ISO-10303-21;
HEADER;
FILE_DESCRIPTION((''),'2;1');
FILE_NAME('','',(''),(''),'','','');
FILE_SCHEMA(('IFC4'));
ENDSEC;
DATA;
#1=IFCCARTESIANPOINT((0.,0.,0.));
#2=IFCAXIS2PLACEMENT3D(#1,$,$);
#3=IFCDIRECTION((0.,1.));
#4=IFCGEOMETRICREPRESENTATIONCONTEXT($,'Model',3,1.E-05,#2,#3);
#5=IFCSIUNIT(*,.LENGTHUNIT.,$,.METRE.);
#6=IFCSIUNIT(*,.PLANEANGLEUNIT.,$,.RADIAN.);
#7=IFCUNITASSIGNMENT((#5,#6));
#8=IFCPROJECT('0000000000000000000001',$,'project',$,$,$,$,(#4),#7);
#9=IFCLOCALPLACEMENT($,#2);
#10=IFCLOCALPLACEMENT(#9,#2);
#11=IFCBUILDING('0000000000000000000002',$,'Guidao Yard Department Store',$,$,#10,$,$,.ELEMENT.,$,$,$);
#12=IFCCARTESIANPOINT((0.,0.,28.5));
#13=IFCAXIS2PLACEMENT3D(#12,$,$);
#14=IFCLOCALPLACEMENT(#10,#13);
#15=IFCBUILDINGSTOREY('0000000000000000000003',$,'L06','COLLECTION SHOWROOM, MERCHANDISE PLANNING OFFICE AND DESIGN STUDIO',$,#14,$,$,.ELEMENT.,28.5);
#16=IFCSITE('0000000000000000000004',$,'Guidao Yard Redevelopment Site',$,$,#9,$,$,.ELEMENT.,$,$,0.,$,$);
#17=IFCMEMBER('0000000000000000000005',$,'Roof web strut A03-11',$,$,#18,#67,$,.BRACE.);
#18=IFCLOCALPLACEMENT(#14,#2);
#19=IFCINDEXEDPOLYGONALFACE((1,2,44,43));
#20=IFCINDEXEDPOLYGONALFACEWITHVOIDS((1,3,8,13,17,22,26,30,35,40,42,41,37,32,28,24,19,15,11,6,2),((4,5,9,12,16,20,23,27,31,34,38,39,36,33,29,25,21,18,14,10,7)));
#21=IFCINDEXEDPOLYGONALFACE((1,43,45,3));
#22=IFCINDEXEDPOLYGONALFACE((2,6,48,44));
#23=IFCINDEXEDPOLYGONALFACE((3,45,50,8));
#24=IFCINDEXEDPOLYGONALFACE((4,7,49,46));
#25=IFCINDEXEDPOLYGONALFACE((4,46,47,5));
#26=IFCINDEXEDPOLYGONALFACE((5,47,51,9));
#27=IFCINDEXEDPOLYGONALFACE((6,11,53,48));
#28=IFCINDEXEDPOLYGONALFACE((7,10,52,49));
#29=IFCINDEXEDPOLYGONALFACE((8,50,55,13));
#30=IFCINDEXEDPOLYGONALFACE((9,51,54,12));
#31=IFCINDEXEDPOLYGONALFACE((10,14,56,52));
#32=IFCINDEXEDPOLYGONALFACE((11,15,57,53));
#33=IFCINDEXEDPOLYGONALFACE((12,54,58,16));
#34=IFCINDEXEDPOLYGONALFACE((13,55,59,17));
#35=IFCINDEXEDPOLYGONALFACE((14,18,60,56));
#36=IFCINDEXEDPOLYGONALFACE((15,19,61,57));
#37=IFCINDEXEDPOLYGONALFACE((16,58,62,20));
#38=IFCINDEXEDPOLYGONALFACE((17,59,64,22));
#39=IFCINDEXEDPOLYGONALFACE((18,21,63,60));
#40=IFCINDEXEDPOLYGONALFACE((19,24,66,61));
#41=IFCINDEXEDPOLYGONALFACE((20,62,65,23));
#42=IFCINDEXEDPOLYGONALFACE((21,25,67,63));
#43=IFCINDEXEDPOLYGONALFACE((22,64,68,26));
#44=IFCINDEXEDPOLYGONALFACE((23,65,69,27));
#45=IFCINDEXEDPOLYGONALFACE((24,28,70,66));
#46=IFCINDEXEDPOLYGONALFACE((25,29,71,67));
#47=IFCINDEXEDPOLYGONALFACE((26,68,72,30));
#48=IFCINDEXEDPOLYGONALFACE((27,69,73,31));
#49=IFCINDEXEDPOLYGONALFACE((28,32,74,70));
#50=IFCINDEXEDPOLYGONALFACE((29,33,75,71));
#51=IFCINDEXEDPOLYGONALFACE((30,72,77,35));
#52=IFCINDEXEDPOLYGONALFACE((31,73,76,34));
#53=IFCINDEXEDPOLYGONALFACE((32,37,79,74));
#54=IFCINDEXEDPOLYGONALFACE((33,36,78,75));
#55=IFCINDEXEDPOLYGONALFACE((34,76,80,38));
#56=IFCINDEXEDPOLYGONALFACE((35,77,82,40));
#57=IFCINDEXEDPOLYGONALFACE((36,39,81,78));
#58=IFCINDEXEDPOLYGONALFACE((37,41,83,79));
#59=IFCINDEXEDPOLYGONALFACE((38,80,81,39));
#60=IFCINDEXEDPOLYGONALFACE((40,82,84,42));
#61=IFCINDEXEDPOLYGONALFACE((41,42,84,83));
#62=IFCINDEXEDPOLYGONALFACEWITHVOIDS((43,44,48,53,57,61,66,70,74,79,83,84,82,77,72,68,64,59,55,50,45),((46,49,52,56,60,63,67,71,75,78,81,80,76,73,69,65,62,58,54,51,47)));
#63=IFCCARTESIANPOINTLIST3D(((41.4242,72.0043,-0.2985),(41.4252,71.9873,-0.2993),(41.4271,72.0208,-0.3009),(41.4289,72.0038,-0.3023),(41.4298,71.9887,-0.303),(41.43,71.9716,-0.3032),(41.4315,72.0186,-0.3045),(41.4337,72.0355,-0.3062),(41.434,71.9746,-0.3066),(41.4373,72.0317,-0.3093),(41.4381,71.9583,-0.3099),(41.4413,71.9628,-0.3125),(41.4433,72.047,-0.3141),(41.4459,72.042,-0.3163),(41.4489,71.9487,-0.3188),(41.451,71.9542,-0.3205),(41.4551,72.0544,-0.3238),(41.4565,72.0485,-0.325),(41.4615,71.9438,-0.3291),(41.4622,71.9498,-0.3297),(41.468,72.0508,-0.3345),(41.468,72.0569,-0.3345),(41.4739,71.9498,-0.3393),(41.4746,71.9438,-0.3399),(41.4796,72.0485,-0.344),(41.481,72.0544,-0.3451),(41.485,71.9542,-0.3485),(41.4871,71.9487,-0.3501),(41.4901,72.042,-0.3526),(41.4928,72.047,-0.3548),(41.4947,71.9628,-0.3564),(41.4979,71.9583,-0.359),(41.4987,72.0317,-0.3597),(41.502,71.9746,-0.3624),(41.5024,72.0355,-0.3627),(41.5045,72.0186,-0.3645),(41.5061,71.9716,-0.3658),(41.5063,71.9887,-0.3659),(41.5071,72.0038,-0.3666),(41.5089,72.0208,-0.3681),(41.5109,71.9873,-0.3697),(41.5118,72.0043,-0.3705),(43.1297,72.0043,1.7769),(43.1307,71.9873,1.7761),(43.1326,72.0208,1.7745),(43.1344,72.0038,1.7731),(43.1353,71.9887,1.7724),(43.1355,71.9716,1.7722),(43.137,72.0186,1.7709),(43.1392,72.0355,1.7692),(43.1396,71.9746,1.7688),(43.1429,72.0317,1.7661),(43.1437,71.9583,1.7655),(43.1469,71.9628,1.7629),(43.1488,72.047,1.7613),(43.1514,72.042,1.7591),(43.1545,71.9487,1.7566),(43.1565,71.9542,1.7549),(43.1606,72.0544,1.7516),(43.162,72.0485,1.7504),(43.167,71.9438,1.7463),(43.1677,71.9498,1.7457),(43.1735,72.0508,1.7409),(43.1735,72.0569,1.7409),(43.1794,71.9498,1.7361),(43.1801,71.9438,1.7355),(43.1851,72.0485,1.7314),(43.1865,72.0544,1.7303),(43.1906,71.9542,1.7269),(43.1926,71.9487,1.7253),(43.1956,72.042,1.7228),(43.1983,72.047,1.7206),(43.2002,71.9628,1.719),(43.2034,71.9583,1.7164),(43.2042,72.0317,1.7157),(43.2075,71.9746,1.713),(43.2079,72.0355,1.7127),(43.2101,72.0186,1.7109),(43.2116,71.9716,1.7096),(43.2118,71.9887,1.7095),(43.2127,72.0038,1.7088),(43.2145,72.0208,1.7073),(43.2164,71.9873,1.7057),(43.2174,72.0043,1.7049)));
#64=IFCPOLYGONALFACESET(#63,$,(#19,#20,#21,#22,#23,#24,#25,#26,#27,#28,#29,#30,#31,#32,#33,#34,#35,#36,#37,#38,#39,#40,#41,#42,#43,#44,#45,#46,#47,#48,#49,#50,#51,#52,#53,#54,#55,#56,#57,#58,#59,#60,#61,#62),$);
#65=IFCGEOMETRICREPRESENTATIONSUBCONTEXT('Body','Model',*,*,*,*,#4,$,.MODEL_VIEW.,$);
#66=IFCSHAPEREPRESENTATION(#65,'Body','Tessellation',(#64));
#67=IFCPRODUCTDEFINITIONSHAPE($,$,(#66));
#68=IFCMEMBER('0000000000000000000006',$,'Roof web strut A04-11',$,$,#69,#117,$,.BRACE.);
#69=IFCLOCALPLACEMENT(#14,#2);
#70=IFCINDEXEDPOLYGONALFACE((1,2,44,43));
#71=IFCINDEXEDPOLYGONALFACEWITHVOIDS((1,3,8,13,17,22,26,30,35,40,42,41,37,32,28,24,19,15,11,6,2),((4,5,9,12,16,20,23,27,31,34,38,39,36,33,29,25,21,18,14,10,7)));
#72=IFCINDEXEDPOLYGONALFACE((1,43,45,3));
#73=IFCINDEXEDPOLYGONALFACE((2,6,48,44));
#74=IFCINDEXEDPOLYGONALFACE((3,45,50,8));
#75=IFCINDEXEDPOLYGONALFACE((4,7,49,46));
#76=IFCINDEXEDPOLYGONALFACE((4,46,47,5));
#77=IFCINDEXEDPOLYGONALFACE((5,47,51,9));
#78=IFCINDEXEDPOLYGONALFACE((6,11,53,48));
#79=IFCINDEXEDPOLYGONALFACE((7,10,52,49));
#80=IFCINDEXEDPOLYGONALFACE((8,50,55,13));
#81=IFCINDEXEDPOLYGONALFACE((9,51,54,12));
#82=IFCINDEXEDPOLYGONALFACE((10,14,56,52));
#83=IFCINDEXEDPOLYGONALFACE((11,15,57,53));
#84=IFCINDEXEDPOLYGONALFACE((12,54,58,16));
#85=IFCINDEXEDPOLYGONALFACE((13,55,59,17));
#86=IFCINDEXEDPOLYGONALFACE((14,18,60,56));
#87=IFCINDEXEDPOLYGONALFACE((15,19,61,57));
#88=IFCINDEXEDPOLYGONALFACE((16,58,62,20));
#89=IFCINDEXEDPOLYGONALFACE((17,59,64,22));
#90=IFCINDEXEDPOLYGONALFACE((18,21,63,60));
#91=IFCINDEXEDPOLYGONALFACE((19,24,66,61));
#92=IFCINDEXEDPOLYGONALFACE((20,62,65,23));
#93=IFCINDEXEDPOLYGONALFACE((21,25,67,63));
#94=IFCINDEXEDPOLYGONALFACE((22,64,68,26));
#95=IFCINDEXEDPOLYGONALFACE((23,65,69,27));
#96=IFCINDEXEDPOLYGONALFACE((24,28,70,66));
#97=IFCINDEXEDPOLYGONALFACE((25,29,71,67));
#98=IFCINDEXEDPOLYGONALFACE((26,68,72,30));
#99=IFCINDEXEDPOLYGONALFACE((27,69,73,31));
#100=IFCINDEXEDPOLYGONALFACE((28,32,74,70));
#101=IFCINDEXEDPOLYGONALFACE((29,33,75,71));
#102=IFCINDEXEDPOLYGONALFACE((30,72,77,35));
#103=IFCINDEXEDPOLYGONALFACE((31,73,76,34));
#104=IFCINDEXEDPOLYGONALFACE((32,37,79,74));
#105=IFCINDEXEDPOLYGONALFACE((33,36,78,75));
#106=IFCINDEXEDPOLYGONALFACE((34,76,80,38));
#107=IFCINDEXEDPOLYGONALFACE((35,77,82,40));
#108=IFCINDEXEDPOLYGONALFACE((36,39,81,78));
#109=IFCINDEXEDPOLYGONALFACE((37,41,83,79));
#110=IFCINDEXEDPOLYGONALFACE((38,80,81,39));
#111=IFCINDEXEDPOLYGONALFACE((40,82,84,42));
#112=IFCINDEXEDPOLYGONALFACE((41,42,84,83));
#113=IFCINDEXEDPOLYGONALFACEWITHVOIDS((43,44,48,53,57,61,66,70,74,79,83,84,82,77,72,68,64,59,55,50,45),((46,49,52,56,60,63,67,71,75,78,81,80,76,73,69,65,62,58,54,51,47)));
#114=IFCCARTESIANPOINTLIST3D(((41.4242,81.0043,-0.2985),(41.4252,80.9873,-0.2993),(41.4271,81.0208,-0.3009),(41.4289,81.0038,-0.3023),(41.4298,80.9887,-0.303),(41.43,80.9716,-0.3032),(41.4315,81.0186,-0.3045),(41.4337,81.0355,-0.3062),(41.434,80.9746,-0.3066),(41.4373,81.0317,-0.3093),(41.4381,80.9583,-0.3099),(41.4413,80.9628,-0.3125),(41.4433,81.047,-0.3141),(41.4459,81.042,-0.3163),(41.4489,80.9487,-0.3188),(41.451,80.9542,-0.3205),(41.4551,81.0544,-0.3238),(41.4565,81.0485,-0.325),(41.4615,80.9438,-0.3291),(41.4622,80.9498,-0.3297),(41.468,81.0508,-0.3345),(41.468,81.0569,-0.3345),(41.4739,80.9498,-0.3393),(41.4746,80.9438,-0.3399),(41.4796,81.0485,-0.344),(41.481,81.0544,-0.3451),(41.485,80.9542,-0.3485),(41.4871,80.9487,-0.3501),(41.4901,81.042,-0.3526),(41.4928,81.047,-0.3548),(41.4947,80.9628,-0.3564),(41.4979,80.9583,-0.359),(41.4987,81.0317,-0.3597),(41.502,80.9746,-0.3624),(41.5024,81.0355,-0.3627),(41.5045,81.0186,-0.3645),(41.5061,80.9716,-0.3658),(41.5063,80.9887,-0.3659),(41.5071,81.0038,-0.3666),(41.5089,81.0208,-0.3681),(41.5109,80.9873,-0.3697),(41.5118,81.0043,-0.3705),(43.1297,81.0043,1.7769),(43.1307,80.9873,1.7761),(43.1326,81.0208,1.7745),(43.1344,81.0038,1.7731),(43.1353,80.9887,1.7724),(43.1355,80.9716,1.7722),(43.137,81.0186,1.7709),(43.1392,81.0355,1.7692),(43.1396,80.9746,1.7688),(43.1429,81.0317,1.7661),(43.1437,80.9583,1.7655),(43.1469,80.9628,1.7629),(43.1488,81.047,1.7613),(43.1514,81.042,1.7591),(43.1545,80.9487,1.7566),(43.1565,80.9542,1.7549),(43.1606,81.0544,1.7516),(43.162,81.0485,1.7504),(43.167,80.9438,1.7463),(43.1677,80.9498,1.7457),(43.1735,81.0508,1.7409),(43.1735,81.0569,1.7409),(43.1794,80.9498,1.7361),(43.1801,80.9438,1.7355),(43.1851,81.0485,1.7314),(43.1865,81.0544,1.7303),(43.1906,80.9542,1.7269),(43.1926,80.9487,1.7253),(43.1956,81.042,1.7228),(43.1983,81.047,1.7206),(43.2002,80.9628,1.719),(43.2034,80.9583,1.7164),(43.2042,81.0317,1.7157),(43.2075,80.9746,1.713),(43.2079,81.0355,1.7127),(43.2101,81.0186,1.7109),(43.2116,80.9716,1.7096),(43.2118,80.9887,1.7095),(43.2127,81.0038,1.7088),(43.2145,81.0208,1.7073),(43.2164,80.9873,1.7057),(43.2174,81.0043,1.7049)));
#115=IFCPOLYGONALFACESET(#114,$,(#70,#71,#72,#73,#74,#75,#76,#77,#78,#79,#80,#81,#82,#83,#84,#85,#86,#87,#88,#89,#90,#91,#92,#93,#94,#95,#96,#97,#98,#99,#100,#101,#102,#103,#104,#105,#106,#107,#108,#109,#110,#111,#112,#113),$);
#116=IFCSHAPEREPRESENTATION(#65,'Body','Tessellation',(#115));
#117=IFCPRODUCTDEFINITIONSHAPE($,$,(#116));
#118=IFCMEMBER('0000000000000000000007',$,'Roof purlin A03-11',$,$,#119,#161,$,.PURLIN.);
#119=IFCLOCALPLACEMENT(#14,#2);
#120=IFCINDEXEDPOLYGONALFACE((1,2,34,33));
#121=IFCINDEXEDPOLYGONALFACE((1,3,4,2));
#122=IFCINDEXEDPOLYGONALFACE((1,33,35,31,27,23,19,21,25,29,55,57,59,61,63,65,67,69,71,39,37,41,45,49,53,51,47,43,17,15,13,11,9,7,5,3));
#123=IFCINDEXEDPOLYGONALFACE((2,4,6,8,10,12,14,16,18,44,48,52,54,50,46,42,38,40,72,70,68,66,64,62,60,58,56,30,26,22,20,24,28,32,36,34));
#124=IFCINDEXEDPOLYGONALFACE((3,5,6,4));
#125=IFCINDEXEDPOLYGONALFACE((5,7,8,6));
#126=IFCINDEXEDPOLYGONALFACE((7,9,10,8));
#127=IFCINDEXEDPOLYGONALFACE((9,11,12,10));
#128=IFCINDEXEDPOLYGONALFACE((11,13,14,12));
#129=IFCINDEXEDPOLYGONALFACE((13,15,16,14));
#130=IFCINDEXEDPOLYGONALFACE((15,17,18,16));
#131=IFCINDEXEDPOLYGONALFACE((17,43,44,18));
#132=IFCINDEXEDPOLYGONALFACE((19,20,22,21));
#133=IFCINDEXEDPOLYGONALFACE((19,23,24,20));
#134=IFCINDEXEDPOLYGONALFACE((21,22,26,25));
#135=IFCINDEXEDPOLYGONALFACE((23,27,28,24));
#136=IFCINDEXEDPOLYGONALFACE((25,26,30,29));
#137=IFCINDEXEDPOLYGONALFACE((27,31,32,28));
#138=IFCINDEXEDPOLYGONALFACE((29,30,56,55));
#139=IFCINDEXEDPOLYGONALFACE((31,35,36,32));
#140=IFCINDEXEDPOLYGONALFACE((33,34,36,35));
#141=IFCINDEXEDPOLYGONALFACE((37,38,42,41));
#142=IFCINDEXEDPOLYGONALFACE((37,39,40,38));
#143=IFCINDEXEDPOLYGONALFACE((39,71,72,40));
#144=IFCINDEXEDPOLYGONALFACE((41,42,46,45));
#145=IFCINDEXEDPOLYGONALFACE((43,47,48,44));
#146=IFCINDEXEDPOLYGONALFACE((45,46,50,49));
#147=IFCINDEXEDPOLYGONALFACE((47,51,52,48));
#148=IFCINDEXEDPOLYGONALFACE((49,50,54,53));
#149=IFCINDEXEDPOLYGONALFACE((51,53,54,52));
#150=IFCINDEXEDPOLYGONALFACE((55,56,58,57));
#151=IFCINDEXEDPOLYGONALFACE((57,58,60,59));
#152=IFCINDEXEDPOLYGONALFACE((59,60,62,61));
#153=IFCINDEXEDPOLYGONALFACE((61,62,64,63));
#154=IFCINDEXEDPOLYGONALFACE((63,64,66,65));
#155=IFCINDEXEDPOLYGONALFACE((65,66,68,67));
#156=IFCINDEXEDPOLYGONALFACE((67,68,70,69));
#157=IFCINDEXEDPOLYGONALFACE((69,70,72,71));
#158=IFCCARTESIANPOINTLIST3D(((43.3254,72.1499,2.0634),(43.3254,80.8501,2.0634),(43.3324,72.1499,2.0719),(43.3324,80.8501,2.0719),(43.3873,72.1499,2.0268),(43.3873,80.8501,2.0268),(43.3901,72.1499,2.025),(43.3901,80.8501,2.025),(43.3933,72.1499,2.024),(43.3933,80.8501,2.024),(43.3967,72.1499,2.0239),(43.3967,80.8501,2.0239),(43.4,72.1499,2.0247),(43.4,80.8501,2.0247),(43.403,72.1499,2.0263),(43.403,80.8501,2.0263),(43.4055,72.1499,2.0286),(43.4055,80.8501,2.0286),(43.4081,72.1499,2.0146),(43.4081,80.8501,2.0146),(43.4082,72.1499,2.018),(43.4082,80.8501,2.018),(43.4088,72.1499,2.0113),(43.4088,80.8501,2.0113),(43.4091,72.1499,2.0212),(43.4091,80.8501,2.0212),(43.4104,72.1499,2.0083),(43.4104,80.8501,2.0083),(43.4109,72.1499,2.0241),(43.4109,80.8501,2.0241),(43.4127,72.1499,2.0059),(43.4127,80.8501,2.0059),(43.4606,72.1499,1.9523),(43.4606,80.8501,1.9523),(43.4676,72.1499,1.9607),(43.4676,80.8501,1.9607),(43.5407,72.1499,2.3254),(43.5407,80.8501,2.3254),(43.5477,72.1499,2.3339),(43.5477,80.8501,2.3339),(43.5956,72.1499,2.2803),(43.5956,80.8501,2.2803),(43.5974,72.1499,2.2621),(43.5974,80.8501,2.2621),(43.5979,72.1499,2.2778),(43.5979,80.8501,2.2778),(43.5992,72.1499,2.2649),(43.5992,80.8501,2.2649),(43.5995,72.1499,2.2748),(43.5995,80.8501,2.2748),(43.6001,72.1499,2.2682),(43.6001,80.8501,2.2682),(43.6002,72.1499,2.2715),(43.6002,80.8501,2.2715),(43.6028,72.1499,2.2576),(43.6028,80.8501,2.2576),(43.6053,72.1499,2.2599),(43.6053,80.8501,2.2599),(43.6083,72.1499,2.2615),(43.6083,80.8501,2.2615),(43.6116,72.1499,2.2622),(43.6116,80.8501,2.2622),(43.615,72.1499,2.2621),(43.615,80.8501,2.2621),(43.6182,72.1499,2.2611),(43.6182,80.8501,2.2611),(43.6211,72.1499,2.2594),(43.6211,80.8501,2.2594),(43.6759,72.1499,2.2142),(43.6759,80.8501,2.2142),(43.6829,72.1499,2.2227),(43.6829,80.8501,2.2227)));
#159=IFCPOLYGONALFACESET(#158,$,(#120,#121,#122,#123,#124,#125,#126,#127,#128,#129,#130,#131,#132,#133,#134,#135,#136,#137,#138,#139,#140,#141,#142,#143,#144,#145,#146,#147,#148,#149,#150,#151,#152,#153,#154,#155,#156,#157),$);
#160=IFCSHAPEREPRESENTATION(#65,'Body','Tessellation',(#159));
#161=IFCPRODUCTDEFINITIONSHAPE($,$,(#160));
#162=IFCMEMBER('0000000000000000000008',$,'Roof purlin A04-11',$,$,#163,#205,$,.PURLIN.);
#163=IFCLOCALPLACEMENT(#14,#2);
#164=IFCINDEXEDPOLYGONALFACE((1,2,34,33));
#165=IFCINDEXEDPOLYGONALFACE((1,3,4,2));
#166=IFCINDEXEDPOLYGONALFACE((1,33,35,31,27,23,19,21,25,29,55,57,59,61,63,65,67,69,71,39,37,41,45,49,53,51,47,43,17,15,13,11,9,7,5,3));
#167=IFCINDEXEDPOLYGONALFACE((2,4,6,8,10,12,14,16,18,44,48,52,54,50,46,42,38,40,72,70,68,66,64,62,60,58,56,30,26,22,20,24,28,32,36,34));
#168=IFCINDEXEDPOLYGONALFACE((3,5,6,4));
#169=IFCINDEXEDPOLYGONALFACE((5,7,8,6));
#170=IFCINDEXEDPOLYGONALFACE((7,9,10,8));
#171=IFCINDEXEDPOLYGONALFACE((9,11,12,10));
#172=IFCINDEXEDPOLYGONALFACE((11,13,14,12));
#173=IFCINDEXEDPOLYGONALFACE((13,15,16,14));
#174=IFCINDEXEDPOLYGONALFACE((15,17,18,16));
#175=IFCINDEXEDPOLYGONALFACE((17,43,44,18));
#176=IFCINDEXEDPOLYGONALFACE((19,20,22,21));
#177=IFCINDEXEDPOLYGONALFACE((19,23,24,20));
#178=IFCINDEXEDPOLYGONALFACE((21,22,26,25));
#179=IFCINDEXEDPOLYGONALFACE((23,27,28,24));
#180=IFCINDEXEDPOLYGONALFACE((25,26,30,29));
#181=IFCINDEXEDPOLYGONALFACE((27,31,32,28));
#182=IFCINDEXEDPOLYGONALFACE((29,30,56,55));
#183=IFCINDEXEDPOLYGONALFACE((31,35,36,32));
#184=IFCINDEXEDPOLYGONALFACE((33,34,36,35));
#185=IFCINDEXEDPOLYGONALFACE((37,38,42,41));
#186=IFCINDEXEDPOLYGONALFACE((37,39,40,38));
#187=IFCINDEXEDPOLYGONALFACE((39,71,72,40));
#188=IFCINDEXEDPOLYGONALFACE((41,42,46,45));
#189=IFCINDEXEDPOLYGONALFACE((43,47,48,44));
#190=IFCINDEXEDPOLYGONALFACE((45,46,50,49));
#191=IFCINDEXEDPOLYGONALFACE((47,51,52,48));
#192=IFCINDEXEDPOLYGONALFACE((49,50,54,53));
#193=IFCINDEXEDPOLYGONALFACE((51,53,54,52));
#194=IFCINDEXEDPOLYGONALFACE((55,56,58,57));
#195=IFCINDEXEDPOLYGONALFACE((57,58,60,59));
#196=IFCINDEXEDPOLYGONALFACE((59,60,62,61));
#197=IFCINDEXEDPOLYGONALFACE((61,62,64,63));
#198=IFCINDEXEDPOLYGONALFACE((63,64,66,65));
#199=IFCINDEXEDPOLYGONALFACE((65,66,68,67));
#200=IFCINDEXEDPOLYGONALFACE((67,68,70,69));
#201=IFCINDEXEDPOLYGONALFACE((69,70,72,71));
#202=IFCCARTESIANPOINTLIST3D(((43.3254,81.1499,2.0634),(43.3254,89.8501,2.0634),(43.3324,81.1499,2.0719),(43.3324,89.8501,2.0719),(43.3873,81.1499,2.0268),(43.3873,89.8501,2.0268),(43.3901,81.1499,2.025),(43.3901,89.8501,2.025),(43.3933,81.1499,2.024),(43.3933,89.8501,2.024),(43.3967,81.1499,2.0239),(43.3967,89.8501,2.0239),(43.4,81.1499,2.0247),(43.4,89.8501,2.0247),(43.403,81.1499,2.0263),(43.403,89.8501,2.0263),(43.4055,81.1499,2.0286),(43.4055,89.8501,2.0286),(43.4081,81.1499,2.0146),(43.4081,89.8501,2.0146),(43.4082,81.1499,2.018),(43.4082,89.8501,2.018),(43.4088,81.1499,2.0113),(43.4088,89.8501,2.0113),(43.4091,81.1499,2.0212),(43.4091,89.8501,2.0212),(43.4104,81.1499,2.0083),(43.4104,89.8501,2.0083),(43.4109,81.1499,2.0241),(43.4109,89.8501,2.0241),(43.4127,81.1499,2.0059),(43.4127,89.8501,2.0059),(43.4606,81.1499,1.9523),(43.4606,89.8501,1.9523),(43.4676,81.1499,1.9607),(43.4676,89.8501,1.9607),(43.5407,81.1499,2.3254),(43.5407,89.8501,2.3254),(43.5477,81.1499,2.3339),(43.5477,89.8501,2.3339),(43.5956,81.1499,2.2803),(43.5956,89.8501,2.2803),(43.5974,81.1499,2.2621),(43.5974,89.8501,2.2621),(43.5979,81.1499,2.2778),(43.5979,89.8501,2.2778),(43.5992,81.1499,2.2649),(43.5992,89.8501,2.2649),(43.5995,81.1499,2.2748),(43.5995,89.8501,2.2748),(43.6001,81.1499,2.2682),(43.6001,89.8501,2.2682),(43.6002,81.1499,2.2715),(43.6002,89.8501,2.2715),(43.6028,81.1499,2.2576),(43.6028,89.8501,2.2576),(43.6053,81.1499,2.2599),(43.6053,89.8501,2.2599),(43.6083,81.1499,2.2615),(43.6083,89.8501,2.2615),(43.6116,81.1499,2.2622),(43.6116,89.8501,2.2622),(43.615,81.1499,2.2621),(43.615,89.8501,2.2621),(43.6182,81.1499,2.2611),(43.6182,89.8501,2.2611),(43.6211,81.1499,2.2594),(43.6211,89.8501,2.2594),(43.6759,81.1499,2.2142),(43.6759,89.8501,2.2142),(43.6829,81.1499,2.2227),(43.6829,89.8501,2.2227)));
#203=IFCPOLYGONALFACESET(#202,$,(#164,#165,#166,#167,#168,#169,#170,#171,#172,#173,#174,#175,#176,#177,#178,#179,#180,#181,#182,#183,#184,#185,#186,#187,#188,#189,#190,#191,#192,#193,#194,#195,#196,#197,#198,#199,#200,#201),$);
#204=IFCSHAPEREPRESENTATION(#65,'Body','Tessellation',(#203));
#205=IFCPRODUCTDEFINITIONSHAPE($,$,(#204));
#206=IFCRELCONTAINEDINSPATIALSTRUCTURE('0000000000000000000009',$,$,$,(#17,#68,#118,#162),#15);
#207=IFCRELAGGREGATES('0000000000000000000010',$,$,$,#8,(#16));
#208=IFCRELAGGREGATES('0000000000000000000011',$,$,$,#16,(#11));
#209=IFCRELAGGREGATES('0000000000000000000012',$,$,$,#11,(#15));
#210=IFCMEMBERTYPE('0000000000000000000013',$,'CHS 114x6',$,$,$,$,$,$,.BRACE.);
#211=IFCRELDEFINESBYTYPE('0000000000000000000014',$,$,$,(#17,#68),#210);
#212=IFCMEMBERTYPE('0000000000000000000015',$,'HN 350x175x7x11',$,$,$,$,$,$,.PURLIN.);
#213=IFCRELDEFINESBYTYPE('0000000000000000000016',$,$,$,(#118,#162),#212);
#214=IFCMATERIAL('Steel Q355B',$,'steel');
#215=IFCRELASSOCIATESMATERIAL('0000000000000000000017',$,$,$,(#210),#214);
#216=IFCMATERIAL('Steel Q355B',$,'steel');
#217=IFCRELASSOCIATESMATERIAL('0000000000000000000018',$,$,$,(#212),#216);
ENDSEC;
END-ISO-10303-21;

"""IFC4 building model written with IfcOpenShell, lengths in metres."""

from ifc_helpers import new_model, si_unit, direction, frame, origin, origin_2d, place, context, subcontext, project, spatial, hollow_circle, i_section, extrude, material, material_profile, profile_set, type_object, element, save


model = new_model("IFC4")

# Units and contexts
model_context = context("Model", 3, precision=1e-05, world=origin(), true_north=direction((0.0, 1.0)))
body_context = subcontext(model_context, "Body", "Model", "MODEL_VIEW")
ifc_project = project(units=[si_unit("LENGTHUNIT", "METRE"), si_unit("PLANEANGLEUNIT", "RADIAN")], contexts=[model_context])

# Site, building, storey
site_placement = place(None, origin())
site = spatial("IfcSite", under=ifc_project, at=site_placement, Name="Guidao Yard Redevelopment Site", CompositionType="ELEMENT", RefElevation=0.0)
building_placement = place(site_placement, origin())
building = spatial("IfcBuilding", under=site, at=building_placement, Name="Guidao Yard Department Store", CompositionType="ELEMENT")
storey_placement = place(building_placement, frame((0.0, 0.0, 28.5)))
storey = spatial("IfcBuildingStorey", under=building, at=storey_placement, Name="L06", Description="COLLECTION SHOWROOM, MERCHANDISE PLANNING OFFICE AND DESIGN STUDIO", CompositionType="ELEMENT", Elevation=28.5)

# Members
ifc_material_1 = material(Name="Steel Q355B", Category="steel")
ifc_material_profile_1 = material_profile(ifc_material_1, hollow_circle(Radius=0.0569, WallThickness=0.0061, at=origin_2d()), Name="CHS 114x6")
ifc_profile_set_1 = profile_set([ifc_material_profile_1], Name="Steel Q355B")
member_type_1 = type_object("IfcMemberType", Name="CHS 114x6", PredefinedType="BRACE", material=ifc_profile_set_1)
for number, where, z_axis, x_axis, name in (
    (1, (41.468, 72.0, -0.3345), (0.634904, 0.0, 0.772591), (0.0, 1.0, 0.0), "Roof web strut A03-11"),
    (2, (41.468, 81.0, -0.3345), (0.634904, 0.0, 0.772591), (0.0, 1.0, 0.0), "Roof web strut A04-11"),
):
    element("IfcMember", number, at=place(storey_placement, frame(where, z_axis=z_axis, x_axis=x_axis)), inside=storey, type_object=member_type_1, Name=name, PredefinedType="BRACE", context=body_context, shape_type="SweptSolid", body=[
        extrude(hollow_circle(Radius=0.0569, WallThickness=0.0061, at=origin_2d()), origin(), (0.0, 0.0, 1.0), 2.6863),
    ])
ifc_material_2 = material(Name="Steel Q355B", Category="steel")
ifc_material_profile_2 = material_profile(ifc_material_2, i_section(OverallWidth=0.175, OverallDepth=0.3501, WebThickness=0.0071, FlangeThickness=0.011, FilletRadius=0.0129, at=origin_2d()), Name="HN 350x175x7x11")
ifc_profile_set_2 = profile_set([ifc_material_profile_2], Name="Steel Q355B")
member_type_2 = type_object("IfcMemberType", Name="HN 350x175x7x11", PredefinedType="PURLIN", material=ifc_profile_set_2)
for number, where, z_axis, x_axis, name in (
    (3, (43.5042, 72.1499, 2.1431), (0.0, 1.0, 0.0), (-0.77257, 0.0, 0.63493), "Roof purlin A03-11"),
    (4, (43.5042, 81.1499, 2.1431), (0.0, 1.0, 0.0), (-0.77257, 0.0, 0.63493), "Roof purlin A04-11"),
):
    element("IfcMember", number, at=place(storey_placement, frame(where, z_axis=z_axis, x_axis=x_axis)), inside=storey, type_object=member_type_2, Name=name, PredefinedType="PURLIN", context=body_context, shape_type="SweptSolid", body=[
        extrude(i_section(OverallWidth=0.175, OverallDepth=0.3501, WebThickness=0.0071, FlangeThickness=0.011, FilletRadius=0.0129, at=origin_2d()), origin(), (0.0, 0.0, 1.0), 8.7002),
    ])

save(model, "model.ifc")
